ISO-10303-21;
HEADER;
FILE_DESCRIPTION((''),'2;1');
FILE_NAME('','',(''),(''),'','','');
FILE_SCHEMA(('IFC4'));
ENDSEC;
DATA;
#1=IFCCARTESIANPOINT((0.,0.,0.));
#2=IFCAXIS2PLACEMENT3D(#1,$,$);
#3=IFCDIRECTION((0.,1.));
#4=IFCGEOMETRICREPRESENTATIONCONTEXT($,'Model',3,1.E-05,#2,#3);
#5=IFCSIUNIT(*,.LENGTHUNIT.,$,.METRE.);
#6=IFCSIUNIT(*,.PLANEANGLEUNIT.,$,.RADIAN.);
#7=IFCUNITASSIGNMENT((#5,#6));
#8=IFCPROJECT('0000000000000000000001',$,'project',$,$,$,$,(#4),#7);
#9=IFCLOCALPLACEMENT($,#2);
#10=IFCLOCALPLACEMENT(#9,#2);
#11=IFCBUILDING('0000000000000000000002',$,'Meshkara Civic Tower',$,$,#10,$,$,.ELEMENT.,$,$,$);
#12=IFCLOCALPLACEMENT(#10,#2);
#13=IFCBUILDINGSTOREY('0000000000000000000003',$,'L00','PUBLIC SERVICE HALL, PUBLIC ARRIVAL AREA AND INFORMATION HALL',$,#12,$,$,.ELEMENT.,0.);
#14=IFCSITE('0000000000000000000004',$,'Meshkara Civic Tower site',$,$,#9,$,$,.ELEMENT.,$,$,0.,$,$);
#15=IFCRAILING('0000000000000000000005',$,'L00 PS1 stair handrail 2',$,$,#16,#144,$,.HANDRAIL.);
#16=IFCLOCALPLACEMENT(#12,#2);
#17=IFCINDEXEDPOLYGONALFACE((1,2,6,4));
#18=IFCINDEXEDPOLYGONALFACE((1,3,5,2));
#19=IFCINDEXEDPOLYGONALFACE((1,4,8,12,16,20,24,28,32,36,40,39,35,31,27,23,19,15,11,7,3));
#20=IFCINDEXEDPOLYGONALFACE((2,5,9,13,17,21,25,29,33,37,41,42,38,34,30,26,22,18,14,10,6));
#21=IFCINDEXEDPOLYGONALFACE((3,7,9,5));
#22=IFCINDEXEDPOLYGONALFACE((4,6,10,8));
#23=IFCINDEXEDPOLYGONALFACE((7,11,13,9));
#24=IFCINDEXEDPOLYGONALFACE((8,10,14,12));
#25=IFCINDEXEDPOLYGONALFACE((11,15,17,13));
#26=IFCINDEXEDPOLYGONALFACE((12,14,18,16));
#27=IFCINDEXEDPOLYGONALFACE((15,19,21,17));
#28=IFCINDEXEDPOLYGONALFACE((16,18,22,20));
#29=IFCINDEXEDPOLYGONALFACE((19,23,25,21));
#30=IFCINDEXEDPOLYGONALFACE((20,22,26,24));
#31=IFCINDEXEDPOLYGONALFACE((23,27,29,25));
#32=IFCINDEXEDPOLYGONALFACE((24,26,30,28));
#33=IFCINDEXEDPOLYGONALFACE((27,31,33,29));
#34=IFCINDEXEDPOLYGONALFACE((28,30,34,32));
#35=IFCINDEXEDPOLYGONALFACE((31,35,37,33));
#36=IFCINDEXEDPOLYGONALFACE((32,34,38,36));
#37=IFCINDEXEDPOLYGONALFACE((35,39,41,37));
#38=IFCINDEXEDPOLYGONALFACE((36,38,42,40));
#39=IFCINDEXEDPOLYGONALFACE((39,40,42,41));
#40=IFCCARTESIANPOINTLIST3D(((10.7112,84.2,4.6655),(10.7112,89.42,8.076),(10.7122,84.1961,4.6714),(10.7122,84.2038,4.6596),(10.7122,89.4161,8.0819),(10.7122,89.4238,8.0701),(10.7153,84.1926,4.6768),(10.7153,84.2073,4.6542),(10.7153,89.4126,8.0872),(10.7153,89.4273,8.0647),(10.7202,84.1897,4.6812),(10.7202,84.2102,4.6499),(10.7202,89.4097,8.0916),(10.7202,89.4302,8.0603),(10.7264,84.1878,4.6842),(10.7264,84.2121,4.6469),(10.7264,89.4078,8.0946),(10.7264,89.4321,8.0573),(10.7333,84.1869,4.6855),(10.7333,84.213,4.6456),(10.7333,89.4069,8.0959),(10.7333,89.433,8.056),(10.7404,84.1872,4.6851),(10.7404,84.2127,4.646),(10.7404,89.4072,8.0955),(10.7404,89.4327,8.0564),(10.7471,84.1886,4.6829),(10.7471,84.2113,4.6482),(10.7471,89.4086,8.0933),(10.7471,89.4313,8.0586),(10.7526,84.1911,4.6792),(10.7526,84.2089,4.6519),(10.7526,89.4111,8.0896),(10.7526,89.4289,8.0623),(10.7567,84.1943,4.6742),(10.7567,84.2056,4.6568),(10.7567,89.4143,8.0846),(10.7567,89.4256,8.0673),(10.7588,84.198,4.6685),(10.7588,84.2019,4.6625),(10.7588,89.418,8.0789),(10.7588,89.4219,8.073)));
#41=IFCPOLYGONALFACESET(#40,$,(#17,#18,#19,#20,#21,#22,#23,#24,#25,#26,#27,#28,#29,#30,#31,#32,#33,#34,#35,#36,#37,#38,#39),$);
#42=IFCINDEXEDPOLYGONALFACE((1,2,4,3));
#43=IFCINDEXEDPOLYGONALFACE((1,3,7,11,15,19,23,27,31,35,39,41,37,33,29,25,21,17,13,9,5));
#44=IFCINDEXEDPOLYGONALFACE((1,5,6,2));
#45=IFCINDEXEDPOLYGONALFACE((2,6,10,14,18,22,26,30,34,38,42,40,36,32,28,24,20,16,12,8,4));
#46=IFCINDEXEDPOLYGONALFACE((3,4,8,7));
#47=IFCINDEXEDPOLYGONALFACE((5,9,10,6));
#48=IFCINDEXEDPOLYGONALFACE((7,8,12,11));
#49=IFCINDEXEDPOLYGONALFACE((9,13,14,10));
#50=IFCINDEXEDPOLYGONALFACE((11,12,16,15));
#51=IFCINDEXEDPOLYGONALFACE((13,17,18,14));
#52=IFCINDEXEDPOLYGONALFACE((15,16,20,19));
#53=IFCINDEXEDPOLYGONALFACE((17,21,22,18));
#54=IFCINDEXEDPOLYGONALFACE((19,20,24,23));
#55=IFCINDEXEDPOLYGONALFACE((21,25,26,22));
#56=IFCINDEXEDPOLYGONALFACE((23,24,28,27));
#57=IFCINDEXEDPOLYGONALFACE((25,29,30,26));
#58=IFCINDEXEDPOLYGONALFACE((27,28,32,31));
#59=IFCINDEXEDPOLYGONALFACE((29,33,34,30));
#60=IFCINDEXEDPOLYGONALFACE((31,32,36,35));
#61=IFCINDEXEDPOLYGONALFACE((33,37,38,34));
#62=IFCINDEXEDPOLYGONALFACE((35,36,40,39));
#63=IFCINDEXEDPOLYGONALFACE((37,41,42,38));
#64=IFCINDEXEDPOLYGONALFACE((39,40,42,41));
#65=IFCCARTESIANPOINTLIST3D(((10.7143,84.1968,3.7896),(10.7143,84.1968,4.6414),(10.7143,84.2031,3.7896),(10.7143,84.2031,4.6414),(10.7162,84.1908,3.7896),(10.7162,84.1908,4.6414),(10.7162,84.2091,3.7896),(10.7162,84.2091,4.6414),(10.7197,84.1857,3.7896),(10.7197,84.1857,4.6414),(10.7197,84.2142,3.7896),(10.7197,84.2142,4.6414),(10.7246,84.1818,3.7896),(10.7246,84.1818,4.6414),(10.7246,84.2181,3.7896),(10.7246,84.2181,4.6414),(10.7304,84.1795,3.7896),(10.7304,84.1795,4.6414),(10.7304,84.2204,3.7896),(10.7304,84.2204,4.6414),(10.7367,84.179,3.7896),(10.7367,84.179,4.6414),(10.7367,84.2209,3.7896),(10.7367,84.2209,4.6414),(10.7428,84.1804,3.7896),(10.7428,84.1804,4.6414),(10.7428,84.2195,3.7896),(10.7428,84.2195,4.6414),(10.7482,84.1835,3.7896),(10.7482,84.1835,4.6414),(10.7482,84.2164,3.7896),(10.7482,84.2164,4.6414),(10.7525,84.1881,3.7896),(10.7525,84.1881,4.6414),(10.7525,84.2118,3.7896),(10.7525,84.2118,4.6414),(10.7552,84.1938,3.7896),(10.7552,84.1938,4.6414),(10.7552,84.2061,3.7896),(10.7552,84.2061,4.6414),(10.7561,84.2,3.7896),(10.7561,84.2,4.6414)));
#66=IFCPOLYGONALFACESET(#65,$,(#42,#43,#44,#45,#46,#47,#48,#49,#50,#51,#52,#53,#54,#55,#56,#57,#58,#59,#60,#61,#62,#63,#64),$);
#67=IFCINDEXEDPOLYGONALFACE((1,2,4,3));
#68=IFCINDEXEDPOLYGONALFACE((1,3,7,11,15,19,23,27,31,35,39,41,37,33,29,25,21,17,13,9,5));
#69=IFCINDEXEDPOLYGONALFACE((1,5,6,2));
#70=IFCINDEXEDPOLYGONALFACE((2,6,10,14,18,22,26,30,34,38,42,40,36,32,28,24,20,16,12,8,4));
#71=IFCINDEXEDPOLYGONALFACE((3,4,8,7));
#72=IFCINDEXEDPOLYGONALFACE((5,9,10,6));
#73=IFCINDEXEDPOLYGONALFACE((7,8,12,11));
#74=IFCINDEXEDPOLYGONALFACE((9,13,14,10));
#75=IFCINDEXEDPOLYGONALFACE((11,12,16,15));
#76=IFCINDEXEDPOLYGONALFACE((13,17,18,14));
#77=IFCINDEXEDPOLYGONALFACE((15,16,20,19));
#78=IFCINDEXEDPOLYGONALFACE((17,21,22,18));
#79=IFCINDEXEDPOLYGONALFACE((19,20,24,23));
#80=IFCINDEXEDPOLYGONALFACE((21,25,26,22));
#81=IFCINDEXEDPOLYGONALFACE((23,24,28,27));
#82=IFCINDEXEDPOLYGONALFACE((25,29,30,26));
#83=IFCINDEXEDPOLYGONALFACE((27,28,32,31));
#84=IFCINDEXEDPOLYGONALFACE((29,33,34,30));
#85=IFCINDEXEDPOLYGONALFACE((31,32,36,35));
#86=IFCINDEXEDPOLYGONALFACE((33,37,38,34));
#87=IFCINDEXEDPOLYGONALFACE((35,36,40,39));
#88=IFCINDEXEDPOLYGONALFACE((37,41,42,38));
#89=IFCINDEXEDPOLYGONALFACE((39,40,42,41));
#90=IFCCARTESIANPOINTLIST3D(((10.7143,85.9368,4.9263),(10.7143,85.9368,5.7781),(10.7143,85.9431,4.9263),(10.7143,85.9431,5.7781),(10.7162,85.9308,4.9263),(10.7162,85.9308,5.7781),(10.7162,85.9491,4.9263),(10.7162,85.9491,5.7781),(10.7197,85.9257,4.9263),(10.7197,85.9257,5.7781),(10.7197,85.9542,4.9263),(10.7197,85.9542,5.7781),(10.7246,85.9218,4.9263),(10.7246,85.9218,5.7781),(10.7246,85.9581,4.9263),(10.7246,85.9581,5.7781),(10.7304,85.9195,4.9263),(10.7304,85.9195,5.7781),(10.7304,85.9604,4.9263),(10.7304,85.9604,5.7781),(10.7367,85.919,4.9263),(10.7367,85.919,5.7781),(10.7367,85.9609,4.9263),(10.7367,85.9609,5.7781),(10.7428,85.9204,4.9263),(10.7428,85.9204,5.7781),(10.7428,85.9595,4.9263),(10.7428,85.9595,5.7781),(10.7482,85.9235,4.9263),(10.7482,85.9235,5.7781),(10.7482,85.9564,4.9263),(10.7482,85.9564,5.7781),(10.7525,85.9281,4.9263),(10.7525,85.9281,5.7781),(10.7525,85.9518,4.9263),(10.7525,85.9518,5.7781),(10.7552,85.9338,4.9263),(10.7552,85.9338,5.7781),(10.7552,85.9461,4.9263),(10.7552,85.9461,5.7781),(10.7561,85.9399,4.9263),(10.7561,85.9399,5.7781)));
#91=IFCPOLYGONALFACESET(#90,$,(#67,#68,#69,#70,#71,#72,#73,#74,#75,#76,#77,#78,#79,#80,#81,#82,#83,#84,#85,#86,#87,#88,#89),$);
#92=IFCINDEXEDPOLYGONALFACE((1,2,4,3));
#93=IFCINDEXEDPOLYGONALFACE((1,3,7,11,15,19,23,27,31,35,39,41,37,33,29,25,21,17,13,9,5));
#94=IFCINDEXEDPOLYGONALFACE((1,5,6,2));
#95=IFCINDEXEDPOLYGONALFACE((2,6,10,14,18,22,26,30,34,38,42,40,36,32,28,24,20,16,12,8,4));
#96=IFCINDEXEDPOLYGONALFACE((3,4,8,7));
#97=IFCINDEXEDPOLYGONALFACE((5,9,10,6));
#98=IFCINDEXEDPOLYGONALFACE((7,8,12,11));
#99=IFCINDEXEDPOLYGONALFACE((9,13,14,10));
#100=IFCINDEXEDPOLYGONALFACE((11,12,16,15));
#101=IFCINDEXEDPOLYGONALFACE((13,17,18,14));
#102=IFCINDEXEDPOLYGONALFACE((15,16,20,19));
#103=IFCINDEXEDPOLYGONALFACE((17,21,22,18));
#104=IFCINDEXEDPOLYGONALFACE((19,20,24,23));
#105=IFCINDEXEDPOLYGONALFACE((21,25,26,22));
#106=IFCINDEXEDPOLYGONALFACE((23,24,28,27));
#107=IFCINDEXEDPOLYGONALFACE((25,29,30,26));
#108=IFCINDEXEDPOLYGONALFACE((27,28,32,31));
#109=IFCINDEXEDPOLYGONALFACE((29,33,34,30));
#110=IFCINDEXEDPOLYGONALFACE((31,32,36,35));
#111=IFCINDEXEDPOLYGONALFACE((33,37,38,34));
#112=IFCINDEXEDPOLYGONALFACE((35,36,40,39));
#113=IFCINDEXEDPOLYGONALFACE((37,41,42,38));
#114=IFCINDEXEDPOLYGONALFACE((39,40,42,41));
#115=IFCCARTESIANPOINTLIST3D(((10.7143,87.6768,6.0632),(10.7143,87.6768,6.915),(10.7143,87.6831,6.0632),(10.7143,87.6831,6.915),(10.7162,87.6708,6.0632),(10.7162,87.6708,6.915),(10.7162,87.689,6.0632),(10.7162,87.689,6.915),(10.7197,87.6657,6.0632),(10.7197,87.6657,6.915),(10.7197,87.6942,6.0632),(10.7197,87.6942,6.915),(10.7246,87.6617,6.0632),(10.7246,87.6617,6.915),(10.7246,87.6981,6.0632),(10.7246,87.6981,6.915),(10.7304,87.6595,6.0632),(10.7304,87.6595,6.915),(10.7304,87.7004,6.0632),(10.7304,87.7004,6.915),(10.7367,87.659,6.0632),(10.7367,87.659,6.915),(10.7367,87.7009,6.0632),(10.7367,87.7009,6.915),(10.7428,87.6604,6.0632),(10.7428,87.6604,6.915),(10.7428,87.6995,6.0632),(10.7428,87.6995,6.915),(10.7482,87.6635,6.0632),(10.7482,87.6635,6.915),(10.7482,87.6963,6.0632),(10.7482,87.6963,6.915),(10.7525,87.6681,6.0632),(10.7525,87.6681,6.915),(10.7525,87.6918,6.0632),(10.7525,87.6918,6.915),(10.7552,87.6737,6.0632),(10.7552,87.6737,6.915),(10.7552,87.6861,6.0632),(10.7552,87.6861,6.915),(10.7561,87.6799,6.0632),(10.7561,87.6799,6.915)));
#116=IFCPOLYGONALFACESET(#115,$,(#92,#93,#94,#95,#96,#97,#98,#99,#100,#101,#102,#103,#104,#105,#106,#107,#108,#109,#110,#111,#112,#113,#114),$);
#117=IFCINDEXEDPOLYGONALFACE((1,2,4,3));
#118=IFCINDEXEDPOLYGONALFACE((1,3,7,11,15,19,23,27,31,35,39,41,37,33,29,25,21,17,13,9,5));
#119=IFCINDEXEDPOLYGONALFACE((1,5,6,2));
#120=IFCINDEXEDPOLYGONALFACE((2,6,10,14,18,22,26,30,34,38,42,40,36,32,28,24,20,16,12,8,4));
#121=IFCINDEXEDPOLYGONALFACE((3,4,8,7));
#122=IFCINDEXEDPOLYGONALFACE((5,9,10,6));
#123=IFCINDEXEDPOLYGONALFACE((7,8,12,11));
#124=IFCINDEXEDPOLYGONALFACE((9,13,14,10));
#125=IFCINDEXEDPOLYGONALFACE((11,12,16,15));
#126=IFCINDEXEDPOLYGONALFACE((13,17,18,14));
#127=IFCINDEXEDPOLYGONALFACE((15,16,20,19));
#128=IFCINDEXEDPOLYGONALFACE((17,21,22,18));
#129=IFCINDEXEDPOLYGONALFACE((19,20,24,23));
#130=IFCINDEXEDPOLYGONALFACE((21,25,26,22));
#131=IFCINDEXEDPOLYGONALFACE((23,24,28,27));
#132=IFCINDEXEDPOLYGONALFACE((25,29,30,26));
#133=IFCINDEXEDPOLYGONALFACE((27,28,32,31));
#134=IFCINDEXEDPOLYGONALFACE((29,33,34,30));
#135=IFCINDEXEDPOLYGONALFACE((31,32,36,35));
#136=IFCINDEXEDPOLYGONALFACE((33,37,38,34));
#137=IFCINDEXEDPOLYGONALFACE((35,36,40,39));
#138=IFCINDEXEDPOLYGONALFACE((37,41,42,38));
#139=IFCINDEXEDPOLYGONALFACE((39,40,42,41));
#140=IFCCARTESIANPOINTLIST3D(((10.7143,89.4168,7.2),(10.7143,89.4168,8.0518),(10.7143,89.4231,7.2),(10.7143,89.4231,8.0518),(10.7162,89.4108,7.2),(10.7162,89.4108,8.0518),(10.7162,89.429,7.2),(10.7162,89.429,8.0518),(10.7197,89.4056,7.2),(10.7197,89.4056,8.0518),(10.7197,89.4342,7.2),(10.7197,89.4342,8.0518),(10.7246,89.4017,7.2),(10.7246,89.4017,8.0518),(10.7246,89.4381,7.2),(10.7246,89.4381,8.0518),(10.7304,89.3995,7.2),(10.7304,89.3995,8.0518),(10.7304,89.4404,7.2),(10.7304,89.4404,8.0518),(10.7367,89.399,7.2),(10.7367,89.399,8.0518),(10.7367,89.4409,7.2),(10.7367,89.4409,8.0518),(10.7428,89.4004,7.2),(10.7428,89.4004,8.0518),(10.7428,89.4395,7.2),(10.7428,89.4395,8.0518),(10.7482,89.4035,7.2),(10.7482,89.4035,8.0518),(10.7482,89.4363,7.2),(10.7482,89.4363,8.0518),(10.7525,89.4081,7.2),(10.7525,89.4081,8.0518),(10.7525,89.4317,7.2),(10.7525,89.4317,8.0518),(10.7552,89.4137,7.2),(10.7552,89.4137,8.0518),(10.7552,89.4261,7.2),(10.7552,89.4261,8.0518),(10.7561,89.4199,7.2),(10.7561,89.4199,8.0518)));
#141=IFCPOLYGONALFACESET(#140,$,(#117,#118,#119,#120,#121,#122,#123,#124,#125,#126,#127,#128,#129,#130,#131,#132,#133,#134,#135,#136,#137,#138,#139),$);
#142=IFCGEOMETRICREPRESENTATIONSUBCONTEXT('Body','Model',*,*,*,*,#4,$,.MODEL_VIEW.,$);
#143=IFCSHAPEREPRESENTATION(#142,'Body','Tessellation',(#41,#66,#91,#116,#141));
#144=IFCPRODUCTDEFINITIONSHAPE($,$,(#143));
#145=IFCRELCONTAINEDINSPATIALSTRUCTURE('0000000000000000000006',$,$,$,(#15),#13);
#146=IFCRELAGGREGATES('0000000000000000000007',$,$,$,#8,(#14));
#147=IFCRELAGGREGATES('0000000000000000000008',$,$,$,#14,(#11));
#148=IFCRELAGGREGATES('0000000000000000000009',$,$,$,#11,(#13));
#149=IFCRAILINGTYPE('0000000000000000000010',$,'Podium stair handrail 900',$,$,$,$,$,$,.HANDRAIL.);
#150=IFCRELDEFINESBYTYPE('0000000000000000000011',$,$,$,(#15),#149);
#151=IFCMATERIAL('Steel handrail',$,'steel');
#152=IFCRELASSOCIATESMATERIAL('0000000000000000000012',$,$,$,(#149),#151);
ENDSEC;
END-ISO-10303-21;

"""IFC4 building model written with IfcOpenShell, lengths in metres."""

from ifc_helpers import new_model, si_unit, direction, frame, origin, origin_2d, place, context, subcontext, project, spatial, circle, extrude, material, type_object, element, save


model = new_model("IFC4")

# Units and contexts
model_context = context("Model", 3, precision=1e-05, world=origin(), true_north=direction((0.0, 1.0)))
body_context = subcontext(model_context, "Body", "Model", "MODEL_VIEW")
ifc_project = project(units=[si_unit("LENGTHUNIT", "METRE"), si_unit("PLANEANGLEUNIT", "RADIAN")], contexts=[model_context])

# Site, building, storey
site_placement = place(None, origin())
site = spatial("IfcSite", under=ifc_project, at=site_placement, Name="Meshkara Civic Tower site", CompositionType="ELEMENT", RefElevation=0.0)
building_placement = place(site_placement, origin())
building = spatial("IfcBuilding", under=site, at=building_placement, Name="Meshkara Civic Tower", CompositionType="ELEMENT")
storey_placement = place(building_placement, origin())
storey = spatial("IfcBuildingStorey", under=building, at=storey_placement, Name="L00", Description="PUBLIC SERVICE HALL, PUBLIC ARRIVAL AREA AND INFORMATION HALL", CompositionType="ELEMENT", Elevation=0.0)

# Railing
ifc_material_1 = material(Name="Steel handrail", Category="steel")
railing_type_1 = type_object("IfcRailingType", Name="Podium stair handrail 900", PredefinedType="HANDRAIL", material=ifc_material_1)
railing_1_placement = place(storey_placement, frame((10.7351, 84.2, 3.7896)))
element("IfcRailing", 1, at=railing_1_placement, inside=storey, type_object=railing_type_1, Name="L00 PS1 stair handrail 2", PredefinedType="HANDRAIL", context=body_context, shape_type="SweptSolid", body=[
    extrude(circle(Radius=0.0239, at=origin_2d()), frame((0.0, 0.0, 0.876), z_axis=(0.0, 0.837165, 0.546951), x_axis=(-1.0, 0.0, 0.0)), (0.0, 0.0, 1.0), 6.2354),
    extrude(circle(Radius=0.021, at=origin_2d()), origin(), (0.0, 0.0, 1.0), 0.8518),
    extrude(circle(Radius=0.021, at=origin_2d()), frame((0.0, 1.74, 1.1367)), (0.0, 0.0, 1.0), 0.8518),
    extrude(circle(Radius=0.021, at=origin_2d()), frame((0.0, 3.48, 2.2737)), (0.0, 0.0, 1.0), 0.8518),
    extrude(circle(Radius=0.021, at=origin_2d()), frame((0.0, 5.22, 3.4104)), (0.0, 0.0, 1.0), 0.8518),
])

save(model, "model.ifc")
